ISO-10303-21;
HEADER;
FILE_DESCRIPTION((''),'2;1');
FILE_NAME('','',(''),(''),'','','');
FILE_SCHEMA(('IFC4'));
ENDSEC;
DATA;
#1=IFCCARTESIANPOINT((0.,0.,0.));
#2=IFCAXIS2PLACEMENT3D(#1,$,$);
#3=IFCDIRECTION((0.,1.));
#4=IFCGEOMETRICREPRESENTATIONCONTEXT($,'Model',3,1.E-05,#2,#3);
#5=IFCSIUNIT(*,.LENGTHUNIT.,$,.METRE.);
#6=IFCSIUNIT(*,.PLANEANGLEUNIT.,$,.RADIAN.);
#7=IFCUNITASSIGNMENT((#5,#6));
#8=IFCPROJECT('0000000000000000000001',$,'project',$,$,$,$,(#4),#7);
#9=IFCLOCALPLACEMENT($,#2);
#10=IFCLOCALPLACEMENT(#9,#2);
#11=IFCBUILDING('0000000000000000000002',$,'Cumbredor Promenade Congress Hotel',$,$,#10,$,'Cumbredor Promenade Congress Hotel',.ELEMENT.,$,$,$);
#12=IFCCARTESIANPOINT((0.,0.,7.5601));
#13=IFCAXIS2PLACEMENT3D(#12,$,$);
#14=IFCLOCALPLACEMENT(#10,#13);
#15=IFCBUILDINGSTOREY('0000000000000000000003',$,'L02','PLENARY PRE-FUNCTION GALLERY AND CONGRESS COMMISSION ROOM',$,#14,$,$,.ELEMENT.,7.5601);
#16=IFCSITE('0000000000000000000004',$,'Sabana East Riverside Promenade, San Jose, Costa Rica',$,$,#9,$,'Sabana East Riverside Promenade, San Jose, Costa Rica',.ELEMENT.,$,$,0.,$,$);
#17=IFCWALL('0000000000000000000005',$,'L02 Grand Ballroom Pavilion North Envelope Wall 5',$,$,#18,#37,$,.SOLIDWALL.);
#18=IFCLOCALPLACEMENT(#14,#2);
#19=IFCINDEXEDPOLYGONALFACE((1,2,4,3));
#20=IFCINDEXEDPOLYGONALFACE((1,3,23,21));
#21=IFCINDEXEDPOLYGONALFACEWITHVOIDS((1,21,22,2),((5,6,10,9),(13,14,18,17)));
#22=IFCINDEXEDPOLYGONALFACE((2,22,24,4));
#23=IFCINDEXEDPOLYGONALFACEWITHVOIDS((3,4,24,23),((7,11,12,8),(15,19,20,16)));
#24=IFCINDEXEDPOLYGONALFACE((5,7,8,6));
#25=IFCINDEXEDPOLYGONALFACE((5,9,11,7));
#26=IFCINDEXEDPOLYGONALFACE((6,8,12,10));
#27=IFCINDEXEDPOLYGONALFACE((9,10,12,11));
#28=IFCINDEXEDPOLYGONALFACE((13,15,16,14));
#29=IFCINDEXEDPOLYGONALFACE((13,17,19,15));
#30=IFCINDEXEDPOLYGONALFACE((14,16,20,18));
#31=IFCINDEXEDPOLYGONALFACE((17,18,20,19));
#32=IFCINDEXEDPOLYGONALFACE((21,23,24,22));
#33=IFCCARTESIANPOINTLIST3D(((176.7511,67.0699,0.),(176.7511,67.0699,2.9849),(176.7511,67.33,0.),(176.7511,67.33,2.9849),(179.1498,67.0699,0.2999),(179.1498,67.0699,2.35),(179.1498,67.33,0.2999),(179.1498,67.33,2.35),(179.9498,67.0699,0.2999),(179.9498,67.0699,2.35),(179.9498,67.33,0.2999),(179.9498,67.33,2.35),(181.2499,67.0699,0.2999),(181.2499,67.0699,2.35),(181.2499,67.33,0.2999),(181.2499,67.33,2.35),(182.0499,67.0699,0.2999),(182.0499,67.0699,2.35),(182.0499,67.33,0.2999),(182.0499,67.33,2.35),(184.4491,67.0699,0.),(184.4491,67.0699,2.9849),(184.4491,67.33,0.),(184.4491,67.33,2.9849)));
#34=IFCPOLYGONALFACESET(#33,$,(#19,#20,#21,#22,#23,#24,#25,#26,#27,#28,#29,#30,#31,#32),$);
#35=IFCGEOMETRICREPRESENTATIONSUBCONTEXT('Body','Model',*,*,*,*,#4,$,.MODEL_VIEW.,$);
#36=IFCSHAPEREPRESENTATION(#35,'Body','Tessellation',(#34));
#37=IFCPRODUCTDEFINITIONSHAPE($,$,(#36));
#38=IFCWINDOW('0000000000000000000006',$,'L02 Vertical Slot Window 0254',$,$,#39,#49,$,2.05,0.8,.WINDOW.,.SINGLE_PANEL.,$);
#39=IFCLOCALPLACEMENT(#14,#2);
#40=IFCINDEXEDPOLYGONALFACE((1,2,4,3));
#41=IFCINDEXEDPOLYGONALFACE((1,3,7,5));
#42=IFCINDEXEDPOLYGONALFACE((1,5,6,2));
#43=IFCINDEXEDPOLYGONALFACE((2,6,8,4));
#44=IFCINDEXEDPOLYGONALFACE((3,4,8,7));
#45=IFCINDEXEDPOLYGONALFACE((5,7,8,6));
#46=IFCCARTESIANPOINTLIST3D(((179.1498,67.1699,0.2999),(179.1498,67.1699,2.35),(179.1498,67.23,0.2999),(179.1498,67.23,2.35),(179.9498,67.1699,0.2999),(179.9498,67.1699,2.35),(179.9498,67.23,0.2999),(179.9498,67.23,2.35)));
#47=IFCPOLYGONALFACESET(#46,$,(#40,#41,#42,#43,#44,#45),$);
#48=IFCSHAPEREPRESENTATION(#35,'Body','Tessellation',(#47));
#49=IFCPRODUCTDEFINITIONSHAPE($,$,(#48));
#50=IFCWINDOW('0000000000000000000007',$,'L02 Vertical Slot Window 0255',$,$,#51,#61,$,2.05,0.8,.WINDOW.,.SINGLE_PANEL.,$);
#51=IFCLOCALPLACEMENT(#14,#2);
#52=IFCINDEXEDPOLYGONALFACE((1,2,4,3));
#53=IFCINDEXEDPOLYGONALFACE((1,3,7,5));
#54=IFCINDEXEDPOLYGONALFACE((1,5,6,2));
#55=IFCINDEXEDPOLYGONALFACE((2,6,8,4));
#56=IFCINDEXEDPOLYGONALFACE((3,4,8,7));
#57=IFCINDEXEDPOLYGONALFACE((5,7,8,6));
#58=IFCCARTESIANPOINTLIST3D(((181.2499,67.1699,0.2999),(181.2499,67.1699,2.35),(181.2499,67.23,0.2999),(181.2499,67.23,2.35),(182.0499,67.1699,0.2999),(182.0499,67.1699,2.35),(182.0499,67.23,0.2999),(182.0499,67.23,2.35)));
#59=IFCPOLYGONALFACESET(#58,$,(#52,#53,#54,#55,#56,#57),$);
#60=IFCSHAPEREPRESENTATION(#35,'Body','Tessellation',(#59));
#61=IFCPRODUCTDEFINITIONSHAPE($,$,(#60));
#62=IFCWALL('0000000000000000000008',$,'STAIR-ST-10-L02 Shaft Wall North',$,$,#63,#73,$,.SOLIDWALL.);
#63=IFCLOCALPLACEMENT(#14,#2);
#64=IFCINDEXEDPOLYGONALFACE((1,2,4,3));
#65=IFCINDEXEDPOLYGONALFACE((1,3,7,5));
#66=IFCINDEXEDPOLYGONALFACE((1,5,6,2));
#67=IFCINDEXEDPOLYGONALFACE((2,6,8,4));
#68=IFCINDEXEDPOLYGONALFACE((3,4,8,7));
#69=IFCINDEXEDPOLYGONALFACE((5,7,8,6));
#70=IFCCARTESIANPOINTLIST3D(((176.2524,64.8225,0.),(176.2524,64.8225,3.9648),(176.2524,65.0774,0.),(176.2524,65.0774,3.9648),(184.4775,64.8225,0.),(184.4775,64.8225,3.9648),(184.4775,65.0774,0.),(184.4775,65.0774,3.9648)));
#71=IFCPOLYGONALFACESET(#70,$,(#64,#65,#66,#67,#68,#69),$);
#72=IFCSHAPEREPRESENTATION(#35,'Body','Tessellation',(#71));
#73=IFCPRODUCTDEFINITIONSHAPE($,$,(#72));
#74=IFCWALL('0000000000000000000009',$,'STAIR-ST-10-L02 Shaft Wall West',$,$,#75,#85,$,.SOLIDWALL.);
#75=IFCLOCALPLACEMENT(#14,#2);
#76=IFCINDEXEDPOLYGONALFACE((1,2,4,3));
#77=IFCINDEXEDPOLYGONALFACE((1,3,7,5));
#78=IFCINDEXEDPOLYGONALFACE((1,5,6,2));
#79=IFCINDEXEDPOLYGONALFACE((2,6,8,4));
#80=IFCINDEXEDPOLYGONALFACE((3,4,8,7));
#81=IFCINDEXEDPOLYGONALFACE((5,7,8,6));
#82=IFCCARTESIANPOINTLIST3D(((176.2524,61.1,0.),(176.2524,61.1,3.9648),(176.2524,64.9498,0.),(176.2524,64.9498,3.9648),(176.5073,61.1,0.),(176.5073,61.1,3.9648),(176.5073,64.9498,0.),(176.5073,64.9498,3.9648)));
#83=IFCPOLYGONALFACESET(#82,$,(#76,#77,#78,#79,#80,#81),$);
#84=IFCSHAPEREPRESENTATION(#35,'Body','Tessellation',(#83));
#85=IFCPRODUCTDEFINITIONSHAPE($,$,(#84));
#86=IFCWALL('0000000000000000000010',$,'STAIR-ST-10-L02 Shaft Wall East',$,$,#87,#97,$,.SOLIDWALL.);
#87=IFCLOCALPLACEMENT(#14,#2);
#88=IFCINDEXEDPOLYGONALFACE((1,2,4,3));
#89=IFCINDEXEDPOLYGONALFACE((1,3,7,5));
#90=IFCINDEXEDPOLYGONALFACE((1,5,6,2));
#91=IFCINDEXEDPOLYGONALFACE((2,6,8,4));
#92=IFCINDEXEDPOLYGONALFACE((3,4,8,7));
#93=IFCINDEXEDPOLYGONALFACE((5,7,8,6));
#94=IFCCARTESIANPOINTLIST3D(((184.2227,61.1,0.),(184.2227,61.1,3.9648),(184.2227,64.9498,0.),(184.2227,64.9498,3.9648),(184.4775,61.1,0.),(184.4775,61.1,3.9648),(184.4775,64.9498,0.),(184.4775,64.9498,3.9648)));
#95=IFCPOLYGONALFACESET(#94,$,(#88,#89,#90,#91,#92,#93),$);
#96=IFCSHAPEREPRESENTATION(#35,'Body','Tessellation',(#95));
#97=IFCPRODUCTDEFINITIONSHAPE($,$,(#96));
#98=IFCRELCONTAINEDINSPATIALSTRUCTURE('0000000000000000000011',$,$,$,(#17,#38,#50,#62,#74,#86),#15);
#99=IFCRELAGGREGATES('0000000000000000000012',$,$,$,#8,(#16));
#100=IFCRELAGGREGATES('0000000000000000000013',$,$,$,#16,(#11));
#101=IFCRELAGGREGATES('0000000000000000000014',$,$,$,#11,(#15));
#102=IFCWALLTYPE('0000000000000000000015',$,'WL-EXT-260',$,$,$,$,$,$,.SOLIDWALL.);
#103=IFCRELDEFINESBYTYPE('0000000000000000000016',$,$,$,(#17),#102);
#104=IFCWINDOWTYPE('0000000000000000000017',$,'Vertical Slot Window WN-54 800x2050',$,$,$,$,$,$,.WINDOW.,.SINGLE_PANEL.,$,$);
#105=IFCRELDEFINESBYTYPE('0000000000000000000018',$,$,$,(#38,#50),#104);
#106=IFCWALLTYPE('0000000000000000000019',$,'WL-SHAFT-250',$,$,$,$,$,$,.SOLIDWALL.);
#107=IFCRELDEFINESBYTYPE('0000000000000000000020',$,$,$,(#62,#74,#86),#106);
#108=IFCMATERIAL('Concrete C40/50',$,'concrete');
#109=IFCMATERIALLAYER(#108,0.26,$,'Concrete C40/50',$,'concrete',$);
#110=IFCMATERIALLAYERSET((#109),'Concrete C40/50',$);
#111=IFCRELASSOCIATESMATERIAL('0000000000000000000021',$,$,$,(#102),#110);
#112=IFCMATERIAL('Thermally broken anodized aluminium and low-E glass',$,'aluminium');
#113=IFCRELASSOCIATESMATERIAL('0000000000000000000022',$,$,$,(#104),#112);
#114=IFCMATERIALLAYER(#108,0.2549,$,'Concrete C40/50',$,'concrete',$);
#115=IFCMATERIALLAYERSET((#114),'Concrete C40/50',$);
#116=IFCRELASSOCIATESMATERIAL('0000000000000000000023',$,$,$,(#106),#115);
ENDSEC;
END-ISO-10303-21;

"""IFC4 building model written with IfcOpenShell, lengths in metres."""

from ifc_helpers import new_model, si_unit, direction, frame, frame_2d, origin, place, context, subcontext, project, spatial, rectangle, extrude, material, layer, layer_set, type_object, element, fill, save


model = new_model("IFC4")

# Units and contexts
model_context = context("Model", 3, precision=1e-05, world=origin(), true_north=direction((0.0, 1.0)))
body_context = subcontext(model_context, "Body", "Model", "MODEL_VIEW")
ifc_project = project(units=[si_unit("LENGTHUNIT", "METRE"), si_unit("PLANEANGLEUNIT", "RADIAN")], contexts=[model_context])

# Site, building, storey
site_placement = place(None, origin())
site = spatial("IfcSite", under=ifc_project, at=site_placement, Name="Sabana East Riverside Promenade, San Jose, Costa Rica", LongName="Sabana East Riverside Promenade, San Jose, Costa Rica", CompositionType="ELEMENT", RefElevation=0.0)
building_placement = place(site_placement, origin())
building = spatial("IfcBuilding", under=site, at=building_placement, Name="Cumbredor Promenade Congress Hotel", LongName="Cumbredor Promenade Congress Hotel", CompositionType="ELEMENT")
storey_placement = place(building_placement, frame((0.0, 0.0, 7.5601)))
storey = spatial("IfcBuildingStorey", under=building, at=storey_placement, Name="L02", Description="PLENARY PRE-FUNCTION GALLERY AND CONGRESS COMMISSION ROOM", CompositionType="ELEMENT", Elevation=7.5601)

# Shared definitions
ifc_material_1 = material(Name="Concrete C40/50", Category="concrete")

# Shared definitions
ifc_material_2 = material(Name="Thermally broken anodized aluminium and low-E glass", Category="aluminium")

# Wall, openings, windows
ifc_layer_1 = layer(ifc_material_1, 0.26, Name="Concrete C40/50", Category="concrete")
ifc_layer_set_1 = layer_set([ifc_layer_1], Name="Concrete C40/50")
wall_type_1 = type_object("IfcWallType", Name="WL-EXT-260", PredefinedType="SOLIDWALL", material=ifc_layer_set_1)
wall_1_placement = place(storey_placement, frame((176.751, 67.2, 0.0), z_axis=(0.0, 0.0, 1.0), x_axis=(1.0, 0.0, 0.0)))
wall_1 = element("IfcWall", 1, at=wall_1_placement, inside=storey, type_object=wall_type_1, Name="L02 Grand Ballroom Pavilion North Envelope Wall 5", PredefinedType="SOLIDWALL", context=body_context, shape_type="SweptSolid", body=[
    extrude(rectangle(XDim=7.698, YDim=0.26, at=frame_2d((3.8491, 0.0))), origin(), (0.0, 0.0, 1.0), 2.9849),
])
opening_1_placement = place(wall_1_placement, frame((2.3989, 0.0, 0.3)))
opening_1 = element("IfcOpeningElement", 2, at=opening_1_placement, cuts=wall_1, PredefinedType="OPENING", context=body_context, shape_type="SweptSolid", body=[
    extrude(rectangle(XDim=0.8, YDim=2.05, at=frame_2d((0.3999, 1.0249))), frame((0.0, 0.1401, 0.0), z_axis=(0.0, -1.0, 0.0), x_axis=(1.0, 0.0, 0.0)), (0.0, 0.0, 1.0), 0.28),
])
opening_2_placement = place(wall_1_placement, frame((4.499, 0.0, 0.3)))
opening_2 = element("IfcOpeningElement", 3, at=opening_2_placement, cuts=wall_1, PredefinedType="OPENING", context=body_context, shape_type="SweptSolid", body=[
    extrude(rectangle(XDim=0.8, YDim=2.05, at=frame_2d((0.3999, 1.0249))), frame((0.0, 0.1401, 0.0), z_axis=(0.0, -1.0, 0.0), x_axis=(1.0, 0.0, 0.0)), (0.0, 0.0, 1.0), 0.28),
])
window_type = type_object("IfcWindowType", Name="Vertical Slot Window WN-54 800x2050", PartitioningType="SINGLE_PANEL", PredefinedType="WINDOW", material=ifc_material_2)
window_1_placement = place(opening_1_placement, origin())
window_1 = element("IfcWindow", 4, at=window_1_placement, inside=storey, type_object=window_type, Name="L02 Vertical Slot Window 0254", OverallHeight=2.05, OverallWidth=0.8, PartitioningType="SINGLE_PANEL", PredefinedType="WINDOW", context=body_context, shape_type="SweptSolid", body=[
    extrude(rectangle(XDim=0.8, YDim=2.05, at=frame_2d((0.3999, 1.0249))), frame((0.0, 0.03, 0.0), z_axis=(0.0, -1.0, 0.0), x_axis=(1.0, 0.0, 0.0)), (0.0, 0.0, 1.0), 0.0601),
])
fill(opening_1, window_1)
window_2_placement = place(opening_2_placement, origin())
window_2 = element("IfcWindow", 5, at=window_2_placement, inside=storey, type_object=window_type, Name="L02 Vertical Slot Window 0255", OverallHeight=2.05, OverallWidth=0.8, PartitioningType="SINGLE_PANEL", PredefinedType="WINDOW", context=body_context, shape_type="SweptSolid", body=[
    extrude(rectangle(XDim=0.8, YDim=2.05, at=frame_2d((0.3999, 1.0249))), frame((0.0, 0.03, 0.0), z_axis=(0.0, -1.0, 0.0), x_axis=(1.0, 0.0, 0.0)), (0.0, 0.0, 1.0), 0.0601),
])
fill(opening_2, window_2)

# Walls
ifc_layer_2 = layer(ifc_material_1, 0.2549, Name="Concrete C40/50", Category="concrete")
ifc_layer_set_2 = layer_set([ifc_layer_2], Name="Concrete C40/50")
wall_type_2 = type_object("IfcWallType", Name="WL-SHAFT-250", PredefinedType="SOLIDWALL", material=ifc_layer_set_2)
wall_2_placement = place(storey_placement, frame((176.2524, 64.95, 0.0), z_axis=(0.0, 0.0, 1.0), x_axis=(1.0, 0.0, 0.0)))
element("IfcWall", 6, at=wall_2_placement, inside=storey, type_object=wall_type_2, Name="STAIR-ST-10-L02 Shaft Wall North", PredefinedType="SOLIDWALL", context=body_context, shape_type="SweptSolid", body=[
    extrude(rectangle(XDim=8.2251, YDim=0.2549, at=frame_2d((4.1125, 0.0))), origin(), (0.0, 0.0, 1.0), 3.9648),
])
for number, where, z_axis, x_axis, name in (
    (7, (176.3799, 61.1001, 0.0), (0.0, 0.0, 1.0), (0.0, 1.0, 0.0), "STAIR-ST-10-L02 Shaft Wall West"),
    (8, (184.3501, 61.1001, 0.0), (0.0, 0.0, 1.0), (0.0, 1.0, 0.0), "STAIR-ST-10-L02 Shaft Wall East"),
):
    element("IfcWall", number, at=place(storey_placement, frame(where, z_axis=z_axis, x_axis=x_axis)), inside=storey, type_object=wall_type_2, Name=name, PredefinedType="SOLIDWALL", context=body_context, shape_type="SweptSolid", body=[
        extrude(rectangle(XDim=3.8499, YDim=0.2549, at=frame_2d((1.9248, 0.0))), origin(), (0.0, 0.0, 1.0), 3.9648),
    ])

save(model, "model.ifc")
